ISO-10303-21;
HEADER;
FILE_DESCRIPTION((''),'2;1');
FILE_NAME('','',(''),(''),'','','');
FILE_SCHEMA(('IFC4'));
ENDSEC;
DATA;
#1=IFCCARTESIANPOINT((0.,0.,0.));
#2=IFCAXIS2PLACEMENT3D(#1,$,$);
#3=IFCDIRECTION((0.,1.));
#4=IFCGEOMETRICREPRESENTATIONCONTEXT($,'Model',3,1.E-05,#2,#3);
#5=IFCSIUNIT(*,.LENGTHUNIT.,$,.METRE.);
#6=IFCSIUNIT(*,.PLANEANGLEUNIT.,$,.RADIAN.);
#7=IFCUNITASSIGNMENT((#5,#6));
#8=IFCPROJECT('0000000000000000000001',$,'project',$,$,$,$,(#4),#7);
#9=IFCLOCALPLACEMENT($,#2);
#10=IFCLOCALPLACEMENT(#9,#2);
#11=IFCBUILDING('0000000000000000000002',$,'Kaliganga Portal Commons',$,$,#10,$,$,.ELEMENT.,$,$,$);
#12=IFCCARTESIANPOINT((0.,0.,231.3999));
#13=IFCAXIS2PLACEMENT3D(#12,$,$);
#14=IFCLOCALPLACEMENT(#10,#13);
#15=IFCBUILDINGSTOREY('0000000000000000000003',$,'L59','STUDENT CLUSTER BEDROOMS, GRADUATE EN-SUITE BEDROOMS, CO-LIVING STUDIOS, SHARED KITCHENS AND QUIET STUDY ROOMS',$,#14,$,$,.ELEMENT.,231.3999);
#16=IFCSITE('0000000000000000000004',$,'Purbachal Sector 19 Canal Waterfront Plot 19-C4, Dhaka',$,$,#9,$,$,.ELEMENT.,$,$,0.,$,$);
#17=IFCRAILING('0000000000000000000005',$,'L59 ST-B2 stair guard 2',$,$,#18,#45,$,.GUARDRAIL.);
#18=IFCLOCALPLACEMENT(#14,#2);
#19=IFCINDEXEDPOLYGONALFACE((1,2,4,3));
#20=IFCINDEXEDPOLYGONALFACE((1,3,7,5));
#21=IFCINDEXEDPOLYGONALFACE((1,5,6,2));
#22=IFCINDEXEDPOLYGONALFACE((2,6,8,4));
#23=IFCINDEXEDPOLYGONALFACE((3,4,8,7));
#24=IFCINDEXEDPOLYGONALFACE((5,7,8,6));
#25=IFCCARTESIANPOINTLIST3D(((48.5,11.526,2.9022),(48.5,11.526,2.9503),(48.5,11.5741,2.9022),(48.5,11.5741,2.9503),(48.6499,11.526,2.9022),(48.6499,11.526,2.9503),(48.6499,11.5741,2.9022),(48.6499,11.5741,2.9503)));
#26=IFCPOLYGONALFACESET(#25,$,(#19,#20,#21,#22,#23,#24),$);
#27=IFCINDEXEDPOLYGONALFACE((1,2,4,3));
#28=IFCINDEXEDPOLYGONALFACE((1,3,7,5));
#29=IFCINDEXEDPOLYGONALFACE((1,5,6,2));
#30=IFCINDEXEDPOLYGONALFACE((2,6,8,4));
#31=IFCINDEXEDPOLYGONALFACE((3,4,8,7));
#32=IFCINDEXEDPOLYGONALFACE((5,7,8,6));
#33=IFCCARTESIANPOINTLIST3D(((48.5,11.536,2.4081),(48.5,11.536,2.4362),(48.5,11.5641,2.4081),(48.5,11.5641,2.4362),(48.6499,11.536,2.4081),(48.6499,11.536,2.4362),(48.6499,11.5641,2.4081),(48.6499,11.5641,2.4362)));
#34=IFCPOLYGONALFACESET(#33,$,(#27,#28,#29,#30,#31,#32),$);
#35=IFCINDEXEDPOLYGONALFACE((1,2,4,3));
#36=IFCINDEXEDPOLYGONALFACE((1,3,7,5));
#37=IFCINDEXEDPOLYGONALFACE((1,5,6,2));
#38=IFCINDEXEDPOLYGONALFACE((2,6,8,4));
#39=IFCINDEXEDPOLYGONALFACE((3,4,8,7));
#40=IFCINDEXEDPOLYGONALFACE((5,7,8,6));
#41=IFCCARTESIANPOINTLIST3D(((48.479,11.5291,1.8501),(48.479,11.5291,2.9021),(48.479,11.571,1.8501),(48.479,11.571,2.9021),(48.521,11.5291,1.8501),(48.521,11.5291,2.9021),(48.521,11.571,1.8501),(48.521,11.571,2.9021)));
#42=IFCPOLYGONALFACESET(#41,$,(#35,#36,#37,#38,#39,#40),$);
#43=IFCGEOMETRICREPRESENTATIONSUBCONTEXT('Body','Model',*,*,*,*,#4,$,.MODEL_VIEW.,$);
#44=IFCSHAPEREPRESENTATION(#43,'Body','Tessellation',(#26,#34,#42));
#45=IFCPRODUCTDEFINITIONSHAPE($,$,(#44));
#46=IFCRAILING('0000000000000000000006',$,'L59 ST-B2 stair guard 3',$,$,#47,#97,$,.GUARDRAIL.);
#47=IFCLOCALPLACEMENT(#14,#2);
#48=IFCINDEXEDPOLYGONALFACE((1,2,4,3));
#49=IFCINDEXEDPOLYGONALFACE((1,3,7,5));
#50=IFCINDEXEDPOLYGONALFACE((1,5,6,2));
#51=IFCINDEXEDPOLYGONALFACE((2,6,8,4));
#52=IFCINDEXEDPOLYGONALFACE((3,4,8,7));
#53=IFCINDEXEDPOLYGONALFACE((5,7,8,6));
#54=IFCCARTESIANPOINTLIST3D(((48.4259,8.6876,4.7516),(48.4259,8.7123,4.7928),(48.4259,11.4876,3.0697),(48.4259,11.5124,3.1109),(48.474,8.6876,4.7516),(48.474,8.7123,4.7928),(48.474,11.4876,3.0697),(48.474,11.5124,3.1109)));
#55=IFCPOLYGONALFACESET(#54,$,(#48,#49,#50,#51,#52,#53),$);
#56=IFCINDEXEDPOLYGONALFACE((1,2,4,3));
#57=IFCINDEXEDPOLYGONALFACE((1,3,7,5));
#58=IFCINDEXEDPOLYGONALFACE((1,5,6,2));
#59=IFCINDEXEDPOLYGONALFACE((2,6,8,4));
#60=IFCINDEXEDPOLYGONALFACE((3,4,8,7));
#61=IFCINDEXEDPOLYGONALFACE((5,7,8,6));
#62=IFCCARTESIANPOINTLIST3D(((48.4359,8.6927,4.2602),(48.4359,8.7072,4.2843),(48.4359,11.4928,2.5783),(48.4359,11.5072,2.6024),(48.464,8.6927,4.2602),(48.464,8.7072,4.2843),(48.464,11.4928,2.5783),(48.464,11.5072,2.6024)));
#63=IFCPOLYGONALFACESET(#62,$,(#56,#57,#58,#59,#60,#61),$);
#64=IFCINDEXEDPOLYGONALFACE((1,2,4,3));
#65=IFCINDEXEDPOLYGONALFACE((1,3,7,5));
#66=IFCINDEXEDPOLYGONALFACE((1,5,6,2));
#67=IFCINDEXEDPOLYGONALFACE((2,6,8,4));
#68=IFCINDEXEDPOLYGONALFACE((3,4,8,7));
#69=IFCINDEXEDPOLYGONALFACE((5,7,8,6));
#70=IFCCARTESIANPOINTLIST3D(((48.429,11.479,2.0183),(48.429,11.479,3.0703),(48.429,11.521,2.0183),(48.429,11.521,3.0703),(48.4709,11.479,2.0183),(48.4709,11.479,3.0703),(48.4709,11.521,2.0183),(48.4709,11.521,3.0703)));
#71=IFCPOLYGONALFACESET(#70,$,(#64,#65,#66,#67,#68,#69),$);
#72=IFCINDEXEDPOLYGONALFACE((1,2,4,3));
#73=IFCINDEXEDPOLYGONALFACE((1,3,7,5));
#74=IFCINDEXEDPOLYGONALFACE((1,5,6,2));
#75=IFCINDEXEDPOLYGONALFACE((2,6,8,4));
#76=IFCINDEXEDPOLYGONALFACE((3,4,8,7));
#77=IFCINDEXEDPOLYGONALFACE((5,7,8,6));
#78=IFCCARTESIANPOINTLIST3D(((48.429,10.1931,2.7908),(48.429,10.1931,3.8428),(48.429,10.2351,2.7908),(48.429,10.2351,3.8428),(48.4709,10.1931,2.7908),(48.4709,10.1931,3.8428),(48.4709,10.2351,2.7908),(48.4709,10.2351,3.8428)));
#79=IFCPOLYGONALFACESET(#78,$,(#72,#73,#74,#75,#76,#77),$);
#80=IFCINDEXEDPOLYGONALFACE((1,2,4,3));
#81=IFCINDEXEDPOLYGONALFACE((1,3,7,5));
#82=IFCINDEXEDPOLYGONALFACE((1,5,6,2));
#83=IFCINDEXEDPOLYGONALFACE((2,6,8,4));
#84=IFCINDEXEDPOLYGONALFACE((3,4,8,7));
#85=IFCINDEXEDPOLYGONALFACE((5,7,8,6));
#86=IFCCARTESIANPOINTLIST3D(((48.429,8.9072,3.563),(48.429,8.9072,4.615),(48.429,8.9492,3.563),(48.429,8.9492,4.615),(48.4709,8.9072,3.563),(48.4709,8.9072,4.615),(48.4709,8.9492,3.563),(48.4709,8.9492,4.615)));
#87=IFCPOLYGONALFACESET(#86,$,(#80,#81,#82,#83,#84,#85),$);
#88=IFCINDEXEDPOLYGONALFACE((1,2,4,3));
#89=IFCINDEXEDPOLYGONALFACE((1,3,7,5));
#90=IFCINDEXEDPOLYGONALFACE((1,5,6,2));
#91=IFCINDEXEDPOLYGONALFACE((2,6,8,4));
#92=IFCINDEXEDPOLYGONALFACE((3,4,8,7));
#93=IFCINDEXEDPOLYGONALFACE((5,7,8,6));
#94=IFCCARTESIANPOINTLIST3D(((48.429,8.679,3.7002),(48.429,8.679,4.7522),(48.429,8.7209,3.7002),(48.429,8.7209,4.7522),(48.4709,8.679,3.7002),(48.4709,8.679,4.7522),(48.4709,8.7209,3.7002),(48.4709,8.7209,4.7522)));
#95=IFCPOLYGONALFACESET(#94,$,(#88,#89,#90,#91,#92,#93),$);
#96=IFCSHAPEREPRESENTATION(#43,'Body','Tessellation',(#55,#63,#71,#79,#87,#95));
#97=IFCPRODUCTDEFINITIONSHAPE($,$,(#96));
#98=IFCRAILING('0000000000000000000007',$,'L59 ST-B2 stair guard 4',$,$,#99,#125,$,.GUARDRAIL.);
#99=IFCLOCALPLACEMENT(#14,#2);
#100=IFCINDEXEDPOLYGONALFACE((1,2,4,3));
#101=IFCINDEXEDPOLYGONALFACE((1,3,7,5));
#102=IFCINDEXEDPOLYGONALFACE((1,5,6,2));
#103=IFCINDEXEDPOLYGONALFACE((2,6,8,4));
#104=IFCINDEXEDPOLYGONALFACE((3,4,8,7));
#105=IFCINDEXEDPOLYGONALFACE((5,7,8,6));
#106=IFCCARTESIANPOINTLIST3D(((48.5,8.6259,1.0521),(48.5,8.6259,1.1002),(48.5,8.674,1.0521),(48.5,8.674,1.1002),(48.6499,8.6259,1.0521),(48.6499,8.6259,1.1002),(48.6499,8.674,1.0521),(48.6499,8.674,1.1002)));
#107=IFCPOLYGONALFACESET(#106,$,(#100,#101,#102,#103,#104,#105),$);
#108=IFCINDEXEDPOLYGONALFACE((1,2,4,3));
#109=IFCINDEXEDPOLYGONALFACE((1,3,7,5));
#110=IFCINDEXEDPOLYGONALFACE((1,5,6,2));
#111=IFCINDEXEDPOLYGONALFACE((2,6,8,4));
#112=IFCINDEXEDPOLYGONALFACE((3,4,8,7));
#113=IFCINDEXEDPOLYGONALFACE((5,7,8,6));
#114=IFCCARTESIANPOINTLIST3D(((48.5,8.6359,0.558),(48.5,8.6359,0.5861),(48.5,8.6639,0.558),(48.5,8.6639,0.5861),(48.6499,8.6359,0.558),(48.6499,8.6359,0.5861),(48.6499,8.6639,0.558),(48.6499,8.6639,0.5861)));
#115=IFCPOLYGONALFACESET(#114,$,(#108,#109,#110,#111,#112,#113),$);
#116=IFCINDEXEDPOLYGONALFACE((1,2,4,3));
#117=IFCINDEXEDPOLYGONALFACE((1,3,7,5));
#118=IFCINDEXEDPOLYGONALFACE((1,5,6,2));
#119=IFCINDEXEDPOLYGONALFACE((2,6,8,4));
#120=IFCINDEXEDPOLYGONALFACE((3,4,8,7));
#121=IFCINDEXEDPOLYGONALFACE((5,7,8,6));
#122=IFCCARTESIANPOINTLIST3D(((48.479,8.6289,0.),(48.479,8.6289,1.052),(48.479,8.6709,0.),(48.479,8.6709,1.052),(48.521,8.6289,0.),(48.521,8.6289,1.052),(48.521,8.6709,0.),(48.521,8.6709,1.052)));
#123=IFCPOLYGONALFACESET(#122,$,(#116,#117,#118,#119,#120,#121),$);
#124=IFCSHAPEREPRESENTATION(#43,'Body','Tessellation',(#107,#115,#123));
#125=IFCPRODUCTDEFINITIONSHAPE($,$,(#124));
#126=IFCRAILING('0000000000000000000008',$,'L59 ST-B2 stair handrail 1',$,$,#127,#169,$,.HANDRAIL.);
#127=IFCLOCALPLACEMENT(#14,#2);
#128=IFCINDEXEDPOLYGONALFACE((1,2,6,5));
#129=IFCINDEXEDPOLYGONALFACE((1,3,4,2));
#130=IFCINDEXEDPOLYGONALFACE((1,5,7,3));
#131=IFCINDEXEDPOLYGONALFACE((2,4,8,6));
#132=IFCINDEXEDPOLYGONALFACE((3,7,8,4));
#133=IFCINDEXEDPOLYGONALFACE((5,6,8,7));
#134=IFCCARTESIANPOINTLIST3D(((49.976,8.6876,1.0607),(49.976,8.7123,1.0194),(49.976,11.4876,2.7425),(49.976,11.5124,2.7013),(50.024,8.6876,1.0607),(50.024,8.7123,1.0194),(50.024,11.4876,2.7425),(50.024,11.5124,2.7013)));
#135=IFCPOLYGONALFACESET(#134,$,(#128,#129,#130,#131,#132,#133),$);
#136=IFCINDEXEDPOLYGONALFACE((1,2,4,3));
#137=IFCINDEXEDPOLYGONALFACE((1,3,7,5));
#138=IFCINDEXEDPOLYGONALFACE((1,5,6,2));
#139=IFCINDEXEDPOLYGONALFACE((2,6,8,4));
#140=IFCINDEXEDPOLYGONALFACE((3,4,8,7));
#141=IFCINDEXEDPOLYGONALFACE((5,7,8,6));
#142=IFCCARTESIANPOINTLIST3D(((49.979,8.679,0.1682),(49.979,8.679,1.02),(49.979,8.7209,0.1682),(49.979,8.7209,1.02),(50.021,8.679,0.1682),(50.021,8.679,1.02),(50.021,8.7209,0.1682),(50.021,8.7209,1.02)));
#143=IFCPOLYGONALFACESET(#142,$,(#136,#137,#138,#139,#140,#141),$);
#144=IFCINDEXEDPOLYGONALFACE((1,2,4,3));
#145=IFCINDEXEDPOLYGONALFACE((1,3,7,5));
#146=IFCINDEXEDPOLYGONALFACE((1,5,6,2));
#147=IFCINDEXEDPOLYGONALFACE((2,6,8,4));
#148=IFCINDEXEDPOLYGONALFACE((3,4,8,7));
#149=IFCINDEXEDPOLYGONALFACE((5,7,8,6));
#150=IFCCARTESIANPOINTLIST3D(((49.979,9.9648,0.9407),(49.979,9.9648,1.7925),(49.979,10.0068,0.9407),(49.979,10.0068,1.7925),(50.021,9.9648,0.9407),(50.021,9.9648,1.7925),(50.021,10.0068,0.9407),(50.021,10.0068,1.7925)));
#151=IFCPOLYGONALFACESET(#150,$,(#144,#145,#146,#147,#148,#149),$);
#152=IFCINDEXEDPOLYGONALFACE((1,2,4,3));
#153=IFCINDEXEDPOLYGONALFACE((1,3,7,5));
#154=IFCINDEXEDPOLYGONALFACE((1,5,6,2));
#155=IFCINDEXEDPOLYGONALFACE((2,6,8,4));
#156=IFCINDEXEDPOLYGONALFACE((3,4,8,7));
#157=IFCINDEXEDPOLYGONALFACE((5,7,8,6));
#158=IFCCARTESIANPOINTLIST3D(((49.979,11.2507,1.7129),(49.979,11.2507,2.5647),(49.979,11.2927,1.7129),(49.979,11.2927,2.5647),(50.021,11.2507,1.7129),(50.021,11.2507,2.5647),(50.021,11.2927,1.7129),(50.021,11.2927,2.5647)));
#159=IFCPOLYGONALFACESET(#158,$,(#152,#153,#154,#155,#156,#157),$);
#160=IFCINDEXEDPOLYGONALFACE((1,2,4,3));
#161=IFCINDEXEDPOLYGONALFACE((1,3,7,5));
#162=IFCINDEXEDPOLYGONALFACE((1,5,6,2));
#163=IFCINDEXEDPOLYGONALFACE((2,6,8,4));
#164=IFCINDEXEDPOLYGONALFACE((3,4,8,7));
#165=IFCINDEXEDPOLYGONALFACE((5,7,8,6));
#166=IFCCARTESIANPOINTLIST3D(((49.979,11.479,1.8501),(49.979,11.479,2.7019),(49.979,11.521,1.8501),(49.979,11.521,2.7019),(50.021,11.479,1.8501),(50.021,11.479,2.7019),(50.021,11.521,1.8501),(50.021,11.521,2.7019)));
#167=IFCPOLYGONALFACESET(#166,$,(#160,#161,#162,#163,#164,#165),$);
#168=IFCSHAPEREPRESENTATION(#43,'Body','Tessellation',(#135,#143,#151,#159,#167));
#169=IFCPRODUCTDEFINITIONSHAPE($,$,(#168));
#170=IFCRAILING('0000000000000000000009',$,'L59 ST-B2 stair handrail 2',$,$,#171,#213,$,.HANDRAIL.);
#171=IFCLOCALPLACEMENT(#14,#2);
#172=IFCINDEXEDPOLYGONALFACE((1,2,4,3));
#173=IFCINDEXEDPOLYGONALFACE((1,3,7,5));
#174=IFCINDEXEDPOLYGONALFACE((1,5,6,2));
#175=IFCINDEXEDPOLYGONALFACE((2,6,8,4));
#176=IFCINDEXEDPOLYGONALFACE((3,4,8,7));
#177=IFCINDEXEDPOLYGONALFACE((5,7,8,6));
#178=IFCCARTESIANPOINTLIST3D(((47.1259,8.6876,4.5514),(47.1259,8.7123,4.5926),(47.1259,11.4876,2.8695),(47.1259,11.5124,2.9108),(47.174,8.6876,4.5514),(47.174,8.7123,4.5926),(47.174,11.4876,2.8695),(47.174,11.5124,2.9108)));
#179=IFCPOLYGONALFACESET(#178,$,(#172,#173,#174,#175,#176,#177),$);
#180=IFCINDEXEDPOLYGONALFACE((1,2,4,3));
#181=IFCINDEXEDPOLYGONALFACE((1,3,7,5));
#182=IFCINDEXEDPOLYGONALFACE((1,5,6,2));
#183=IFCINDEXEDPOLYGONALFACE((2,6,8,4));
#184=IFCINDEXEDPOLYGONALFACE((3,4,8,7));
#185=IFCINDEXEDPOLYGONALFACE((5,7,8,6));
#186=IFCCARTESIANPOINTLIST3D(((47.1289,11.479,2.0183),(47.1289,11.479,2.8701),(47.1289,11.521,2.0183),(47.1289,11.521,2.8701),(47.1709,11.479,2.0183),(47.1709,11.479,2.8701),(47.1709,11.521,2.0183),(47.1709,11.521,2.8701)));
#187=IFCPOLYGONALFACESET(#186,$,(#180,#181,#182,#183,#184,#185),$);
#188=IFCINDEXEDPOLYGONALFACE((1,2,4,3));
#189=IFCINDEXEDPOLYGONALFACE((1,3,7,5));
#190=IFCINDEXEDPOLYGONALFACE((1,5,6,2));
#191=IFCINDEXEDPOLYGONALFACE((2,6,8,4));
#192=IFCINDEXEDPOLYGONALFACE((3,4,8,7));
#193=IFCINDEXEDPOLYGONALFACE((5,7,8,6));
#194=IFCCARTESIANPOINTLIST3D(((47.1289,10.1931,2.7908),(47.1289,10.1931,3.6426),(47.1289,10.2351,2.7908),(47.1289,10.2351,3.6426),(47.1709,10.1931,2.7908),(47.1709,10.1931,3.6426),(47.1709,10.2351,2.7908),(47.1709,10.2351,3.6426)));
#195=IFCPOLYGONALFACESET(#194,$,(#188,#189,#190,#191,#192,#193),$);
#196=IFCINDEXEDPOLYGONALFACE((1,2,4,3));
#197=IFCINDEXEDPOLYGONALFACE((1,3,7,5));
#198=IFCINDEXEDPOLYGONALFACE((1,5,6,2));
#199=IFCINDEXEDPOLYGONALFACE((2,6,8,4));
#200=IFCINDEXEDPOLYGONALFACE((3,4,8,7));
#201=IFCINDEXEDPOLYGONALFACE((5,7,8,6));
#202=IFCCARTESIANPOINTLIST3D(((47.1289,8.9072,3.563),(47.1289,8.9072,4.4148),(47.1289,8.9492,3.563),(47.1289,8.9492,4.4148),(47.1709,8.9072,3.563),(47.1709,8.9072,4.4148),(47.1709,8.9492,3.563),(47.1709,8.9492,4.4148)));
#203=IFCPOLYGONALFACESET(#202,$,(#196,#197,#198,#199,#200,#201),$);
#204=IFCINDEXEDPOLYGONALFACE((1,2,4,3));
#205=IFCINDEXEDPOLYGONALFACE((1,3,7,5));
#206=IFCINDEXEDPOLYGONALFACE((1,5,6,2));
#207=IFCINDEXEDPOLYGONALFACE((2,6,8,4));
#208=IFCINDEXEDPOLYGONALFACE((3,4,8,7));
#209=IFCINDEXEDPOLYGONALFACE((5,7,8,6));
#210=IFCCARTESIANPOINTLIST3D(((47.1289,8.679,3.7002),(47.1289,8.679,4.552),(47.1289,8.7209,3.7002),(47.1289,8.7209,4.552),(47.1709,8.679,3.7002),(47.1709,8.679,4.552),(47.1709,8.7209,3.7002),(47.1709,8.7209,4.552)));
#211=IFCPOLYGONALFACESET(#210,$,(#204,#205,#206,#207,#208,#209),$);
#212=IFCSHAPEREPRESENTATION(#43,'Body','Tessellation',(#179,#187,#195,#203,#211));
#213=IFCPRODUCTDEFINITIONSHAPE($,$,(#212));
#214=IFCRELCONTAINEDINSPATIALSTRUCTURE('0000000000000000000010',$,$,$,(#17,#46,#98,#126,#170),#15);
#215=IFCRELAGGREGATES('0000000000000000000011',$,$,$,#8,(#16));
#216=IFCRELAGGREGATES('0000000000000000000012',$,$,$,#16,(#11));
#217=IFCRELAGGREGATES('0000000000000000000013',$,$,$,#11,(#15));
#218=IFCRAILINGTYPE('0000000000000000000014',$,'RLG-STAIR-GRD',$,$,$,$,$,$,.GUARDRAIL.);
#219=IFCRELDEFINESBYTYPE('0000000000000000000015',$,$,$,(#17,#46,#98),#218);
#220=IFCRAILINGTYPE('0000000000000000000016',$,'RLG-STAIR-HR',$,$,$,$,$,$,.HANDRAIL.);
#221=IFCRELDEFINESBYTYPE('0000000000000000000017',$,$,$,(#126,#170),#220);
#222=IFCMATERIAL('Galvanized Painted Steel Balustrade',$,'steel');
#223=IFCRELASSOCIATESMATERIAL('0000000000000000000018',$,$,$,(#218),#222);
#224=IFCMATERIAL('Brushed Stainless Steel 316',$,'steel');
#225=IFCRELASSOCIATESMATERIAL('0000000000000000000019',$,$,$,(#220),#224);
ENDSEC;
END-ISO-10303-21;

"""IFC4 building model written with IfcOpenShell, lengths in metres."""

from ifc_helpers import new_model, si_unit, direction, frame, origin, origin_2d, place, context, subcontext, project, spatial, rectangle, extrude, material, type_object, element, save


model = new_model("IFC4")

# Units and contexts
model_context = context("Model", 3, precision=1e-05, world=origin(), true_north=direction((0.0, 1.0)))
body_context = subcontext(model_context, "Body", "Model", "MODEL_VIEW")
ifc_project = project(units=[si_unit("LENGTHUNIT", "METRE"), si_unit("PLANEANGLEUNIT", "RADIAN")], contexts=[model_context])

# Site, building, storey
site_placement = place(None, origin())
site = spatial("IfcSite", under=ifc_project, at=site_placement, Name="Purbachal Sector 19 Canal Waterfront Plot 19-C4, Dhaka", CompositionType="ELEMENT", RefElevation=0.0)
building_placement = place(site_placement, origin())
building = spatial("IfcBuilding", under=site, at=building_placement, Name="Kaliganga Portal Commons", CompositionType="ELEMENT")
storey_placement = place(building_placement, frame((0.0, 0.0, 231.3999)))
storey = spatial("IfcBuildingStorey", under=building, at=storey_placement, Name="L59", Description="STUDENT CLUSTER BEDROOMS, GRADUATE EN-SUITE BEDROOMS, CO-LIVING STUDIOS, SHARED KITCHENS AND QUIET STUDY ROOMS", CompositionType="ELEMENT", Elevation=231.3999)

# Railings
ifc_material_1 = material(Name="Galvanized Painted Steel Balustrade", Category="steel")
railing_type_1 = type_object("IfcRailingType", Name="RLG-STAIR-GRD", PredefinedType="GUARDRAIL", material=ifc_material_1)
railing_1_placement = place(storey_placement, frame((48.6499, 11.55, 1.8501)))
element("IfcRailing", 1, at=railing_1_placement, inside=storey, type_object=railing_type_1, Name="L59 ST-B2 stair guard 2", PredefinedType="GUARDRAIL", context=body_context, shape_type="SweptSolid", body=[
    extrude(rectangle(XDim=0.0481, YDim=0.0481, at=origin_2d()), frame((0.0, 0.0, 1.0762), z_axis=(-1.0, 0.0, 0.0), x_axis=(0.0, -1.0, 0.0)), (0.0, 0.0, 1.0), 0.1499),
    extrude(rectangle(XDim=0.0281, YDim=0.0281, at=origin_2d()), frame((0.0, 0.0, 0.572), z_axis=(-1.0, 0.0, 0.0), x_axis=(0.0, -1.0, 0.0)), (0.0, 0.0, 1.0), 0.1499),
    extrude(rectangle(XDim=0.042, YDim=0.042, at=origin_2d()), frame((-0.1499, 0.0, 0.0)), (0.0, 0.0, 1.0), 1.052),
])
railing_2_placement = place(storey_placement, frame((48.45, 11.5, 2.0183)))
element("IfcRailing", 2, at=railing_2_placement, inside=storey, type_object=railing_type_1, Name="L59 ST-B2 stair guard 3", PredefinedType="GUARDRAIL", context=body_context, shape_type="SweptSolid", body=[
    extrude(rectangle(XDim=0.0481, YDim=0.0481, at=origin_2d()), frame((0.0, 0.0, 1.072), z_axis=(0.0, -0.857242, 0.514913), x_axis=(1.0, 0.0, 0.0)), (0.0, 0.0, 1.0), 3.2664),
    extrude(rectangle(XDim=0.0281, YDim=0.0281, at=origin_2d()), frame((0.0, 0.0, 0.572), z_axis=(0.0, -0.857242, 0.514913), x_axis=(1.0, 0.0, 0.0)), (0.0, 0.0, 1.0), 3.2664),
    extrude(rectangle(XDim=0.042, YDim=0.042, at=origin_2d()), origin(), (0.0, 0.0, 1.0), 1.052),
    extrude(rectangle(XDim=0.042, YDim=0.042, at=origin_2d()), frame((0.0, -1.2859, 0.7725)), (0.0, 0.0, 1.0), 1.052),
    extrude(rectangle(XDim=0.042, YDim=0.042, at=origin_2d()), frame((0.0, -2.5718, 1.5447)), (0.0, 0.0, 1.0), 1.052),
    extrude(rectangle(XDim=0.042, YDim=0.042, at=origin_2d()), frame((0.0, -2.8, 1.6819)), (0.0, 0.0, 1.0), 1.052),
])
railing_3_placement = place(storey_placement, frame((48.6499, 8.6499, 0.0)))
element("IfcRailing", 3, at=railing_3_placement, inside=storey, type_object=railing_type_1, Name="L59 ST-B2 stair guard 4", PredefinedType="GUARDRAIL", context=body_context, shape_type="SweptSolid", body=[
    extrude(rectangle(XDim=0.0481, YDim=0.0481, at=origin_2d()), frame((0.0, 0.0, 1.0762), z_axis=(-1.0, 0.0, 0.0), x_axis=(0.0, -1.0, 0.0)), (0.0, 0.0, 1.0), 0.1499),
    extrude(rectangle(XDim=0.0281, YDim=0.0281, at=origin_2d()), frame((0.0, 0.0, 0.572), z_axis=(-1.0, 0.0, 0.0), x_axis=(0.0, -1.0, 0.0)), (0.0, 0.0, 1.0), 0.1499),
    extrude(rectangle(XDim=0.042, YDim=0.042, at=origin_2d()), frame((-0.1499, 0.0, 0.0)), (0.0, 0.0, 1.0), 1.052),
])
ifc_material_2 = material(Name="Brushed Stainless Steel 316", Category="steel")
railing_type_2 = type_object("IfcRailingType", Name="RLG-STAIR-HR", PredefinedType="HANDRAIL", material=ifc_material_2)
railing_4_placement = place(storey_placement, frame((50.0, 8.7, 0.1682)))
element("IfcRailing", 4, at=railing_4_placement, inside=storey, type_object=railing_type_2, Name="L59 ST-B2 stair handrail 1", PredefinedType="HANDRAIL", context=body_context, shape_type="SweptSolid", body=[
    extrude(rectangle(XDim=0.0481, YDim=0.0481, at=origin_2d()), frame((0.0, 0.0, 0.8718), z_axis=(0.0, 0.857242, 0.514913), x_axis=(-1.0, 0.0, 0.0)), (0.0, 0.0, 1.0), 3.2664),
    extrude(rectangle(XDim=0.042, YDim=0.042, at=origin_2d()), origin(), (0.0, 0.0, 1.0), 0.8518),
    extrude(rectangle(XDim=0.042, YDim=0.042, at=origin_2d()), frame((0.0, 1.2859, 0.7725)), (0.0, 0.0, 1.0), 0.8518),
    extrude(rectangle(XDim=0.042, YDim=0.042, at=origin_2d()), frame((0.0, 2.5718, 1.5447)), (0.0, 0.0, 1.0), 0.8518),
    extrude(rectangle(XDim=0.042, YDim=0.042, at=origin_2d()), frame((0.0, 2.8, 1.6819)), (0.0, 0.0, 1.0), 0.8518),
])
railing_5_placement = place(storey_placement, frame((47.1499, 11.5, 2.0183)))
element("IfcRailing", 5, at=railing_5_placement, inside=storey, type_object=railing_type_2, Name="L59 ST-B2 stair handrail 2", PredefinedType="HANDRAIL", context=body_context, shape_type="SweptSolid", body=[
    extrude(rectangle(XDim=0.0481, YDim=0.0481, at=origin_2d()), frame((0.0, 0.0, 0.8718), z_axis=(0.0, -0.857242, 0.514913), x_axis=(1.0, 0.0, 0.0)), (0.0, 0.0, 1.0), 3.2664),
    extrude(rectangle(XDim=0.042, YDim=0.042, at=origin_2d()), origin(), (0.0, 0.0, 1.0), 0.8518),
    extrude(rectangle(XDim=0.042, YDim=0.042, at=origin_2d()), frame((0.0, -1.2859, 0.7725)), (0.0, 0.0, 1.0), 0.8518),
    extrude(rectangle(XDim=0.042, YDim=0.042, at=origin_2d()), frame((0.0, -2.5718, 1.5447)), (0.0, 0.0, 1.0), 0.8518),
    extrude(rectangle(XDim=0.042, YDim=0.042, at=origin_2d()), frame((0.0, -2.8, 1.6819)), (0.0, 0.0, 1.0), 0.8518),
])

save(model, "model.ifc")
